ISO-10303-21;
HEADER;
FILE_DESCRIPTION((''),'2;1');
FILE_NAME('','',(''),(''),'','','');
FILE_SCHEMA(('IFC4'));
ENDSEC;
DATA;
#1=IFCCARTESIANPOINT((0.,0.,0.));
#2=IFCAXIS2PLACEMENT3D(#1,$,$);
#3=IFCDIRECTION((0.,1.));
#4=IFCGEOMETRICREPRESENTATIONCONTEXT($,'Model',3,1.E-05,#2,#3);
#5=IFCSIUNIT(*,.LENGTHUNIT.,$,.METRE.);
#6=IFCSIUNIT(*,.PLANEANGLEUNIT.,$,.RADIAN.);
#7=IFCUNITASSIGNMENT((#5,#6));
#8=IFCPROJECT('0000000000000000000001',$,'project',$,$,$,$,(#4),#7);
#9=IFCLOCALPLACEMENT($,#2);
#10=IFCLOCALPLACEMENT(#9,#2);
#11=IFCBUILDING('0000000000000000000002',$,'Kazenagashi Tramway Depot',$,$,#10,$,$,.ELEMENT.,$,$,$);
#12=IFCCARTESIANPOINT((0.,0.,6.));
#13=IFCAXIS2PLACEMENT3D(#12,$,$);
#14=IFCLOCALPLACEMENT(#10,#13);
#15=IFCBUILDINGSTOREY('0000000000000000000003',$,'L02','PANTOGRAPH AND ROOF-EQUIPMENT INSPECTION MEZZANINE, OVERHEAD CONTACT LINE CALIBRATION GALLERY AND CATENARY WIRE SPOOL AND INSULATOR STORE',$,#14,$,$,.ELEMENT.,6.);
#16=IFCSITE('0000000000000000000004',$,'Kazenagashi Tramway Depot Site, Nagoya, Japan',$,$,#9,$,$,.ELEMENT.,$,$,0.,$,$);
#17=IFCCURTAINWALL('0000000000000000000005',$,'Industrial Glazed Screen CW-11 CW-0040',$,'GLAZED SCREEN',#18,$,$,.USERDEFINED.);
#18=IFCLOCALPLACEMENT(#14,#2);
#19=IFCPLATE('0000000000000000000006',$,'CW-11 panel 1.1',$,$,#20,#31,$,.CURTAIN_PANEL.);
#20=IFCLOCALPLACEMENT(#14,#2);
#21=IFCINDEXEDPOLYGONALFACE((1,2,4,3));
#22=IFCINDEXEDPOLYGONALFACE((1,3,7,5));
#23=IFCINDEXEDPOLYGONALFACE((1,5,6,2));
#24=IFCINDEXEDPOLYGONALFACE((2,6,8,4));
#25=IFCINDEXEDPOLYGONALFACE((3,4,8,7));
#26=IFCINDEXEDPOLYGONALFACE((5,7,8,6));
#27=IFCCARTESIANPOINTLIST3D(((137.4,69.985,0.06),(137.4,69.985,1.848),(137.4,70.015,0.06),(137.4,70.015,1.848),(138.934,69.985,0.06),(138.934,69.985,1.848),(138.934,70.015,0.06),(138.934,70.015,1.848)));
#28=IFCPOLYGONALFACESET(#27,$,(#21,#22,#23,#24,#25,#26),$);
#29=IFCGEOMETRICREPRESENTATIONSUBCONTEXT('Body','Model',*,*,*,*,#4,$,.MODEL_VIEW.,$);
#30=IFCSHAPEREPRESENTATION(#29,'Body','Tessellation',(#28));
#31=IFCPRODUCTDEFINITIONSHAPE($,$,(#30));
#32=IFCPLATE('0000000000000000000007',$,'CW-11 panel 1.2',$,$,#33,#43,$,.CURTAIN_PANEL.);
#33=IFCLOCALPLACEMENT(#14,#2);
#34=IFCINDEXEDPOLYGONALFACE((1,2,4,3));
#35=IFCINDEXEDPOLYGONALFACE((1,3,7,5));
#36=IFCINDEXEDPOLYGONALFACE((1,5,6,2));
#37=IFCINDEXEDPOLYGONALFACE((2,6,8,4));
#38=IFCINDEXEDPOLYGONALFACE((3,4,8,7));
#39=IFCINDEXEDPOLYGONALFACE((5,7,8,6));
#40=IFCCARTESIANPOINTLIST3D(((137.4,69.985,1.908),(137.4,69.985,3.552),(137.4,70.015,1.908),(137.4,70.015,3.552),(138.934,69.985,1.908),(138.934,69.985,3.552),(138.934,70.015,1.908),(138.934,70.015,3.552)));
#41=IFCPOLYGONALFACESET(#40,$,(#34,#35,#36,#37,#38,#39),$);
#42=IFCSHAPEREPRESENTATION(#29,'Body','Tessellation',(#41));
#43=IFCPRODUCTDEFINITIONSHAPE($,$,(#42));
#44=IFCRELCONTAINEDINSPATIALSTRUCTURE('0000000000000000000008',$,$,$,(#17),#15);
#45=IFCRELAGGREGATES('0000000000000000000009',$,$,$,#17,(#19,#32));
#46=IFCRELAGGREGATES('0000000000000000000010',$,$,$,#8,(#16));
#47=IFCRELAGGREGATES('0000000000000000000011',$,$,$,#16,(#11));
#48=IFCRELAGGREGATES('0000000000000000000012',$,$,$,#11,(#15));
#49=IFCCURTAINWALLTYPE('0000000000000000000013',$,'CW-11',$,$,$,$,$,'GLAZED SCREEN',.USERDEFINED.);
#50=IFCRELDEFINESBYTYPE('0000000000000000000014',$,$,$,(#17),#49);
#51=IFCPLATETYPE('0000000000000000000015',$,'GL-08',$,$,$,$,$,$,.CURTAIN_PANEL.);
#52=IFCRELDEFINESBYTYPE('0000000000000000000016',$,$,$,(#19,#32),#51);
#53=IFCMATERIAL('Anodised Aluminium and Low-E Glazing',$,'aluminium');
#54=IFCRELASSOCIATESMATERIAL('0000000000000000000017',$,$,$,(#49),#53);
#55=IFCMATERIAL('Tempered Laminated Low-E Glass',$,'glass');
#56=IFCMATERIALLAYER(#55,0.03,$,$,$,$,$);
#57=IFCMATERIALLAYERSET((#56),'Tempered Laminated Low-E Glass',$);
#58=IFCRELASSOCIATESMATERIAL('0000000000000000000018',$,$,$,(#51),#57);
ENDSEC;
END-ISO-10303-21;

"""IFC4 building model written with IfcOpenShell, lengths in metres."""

from ifc_helpers import new_model, si_unit, direction, frame, origin, origin_2d, place, context, subcontext, project, spatial, rectangle, extrude, material, layer, layer_set, type_object, element, aggregate, save


model = new_model("IFC4")

# Units and contexts
model_context = context("Model", 3, precision=1e-05, world=origin(), true_north=direction((0.0, 1.0)))
body_context = subcontext(model_context, "Body", "Model", "MODEL_VIEW")
ifc_project = project(units=[si_unit("LENGTHUNIT", "METRE"), si_unit("PLANEANGLEUNIT", "RADIAN")], contexts=[model_context])

# Site, building, storey
site_placement = place(None, origin())
site = spatial("IfcSite", under=ifc_project, at=site_placement, Name="Kazenagashi Tramway Depot Site, Nagoya, Japan", CompositionType="ELEMENT", RefElevation=0.0)
building_placement = place(site_placement, origin())
building = spatial("IfcBuilding", under=site, at=building_placement, Name="Kazenagashi Tramway Depot", CompositionType="ELEMENT")
storey_placement = place(building_placement, frame((0.0, 0.0, 6.0)))
storey = spatial("IfcBuildingStorey", under=building, at=storey_placement, Name="L02", Description="PANTOGRAPH AND ROOF-EQUIPMENT INSPECTION MEZZANINE, OVERHEAD CONTACT LINE CALIBRATION GALLERY AND CATENARY WIRE SPOOL AND INSULATOR STORE", CompositionType="ELEMENT", Elevation=6.0)

# Curtain wall
ifc_material_1 = material(Name="Anodised Aluminium and Low-E Glazing", Category="aluminium")
curtain_wall_type_1 = type_object("IfcCurtainWallType", Name="CW-11", ElementType="GLAZED SCREEN", PredefinedType="USERDEFINED", material=ifc_material_1)
curtain_wall_1_placement = place(storey_placement, origin())
curtain_wall_1 = element("IfcCurtainWall", 1, at=curtain_wall_1_placement, inside=storey, type_object=curtain_wall_type_1, Name="Industrial Glazed Screen CW-11 CW-0040", ObjectType="GLAZED SCREEN", PredefinedType="USERDEFINED")

# Plates
ifc_material_2 = material(Name="Tempered Laminated Low-E Glass", Category="glass")
ifc_layer_1 = layer(ifc_material_2, 0.03)
ifc_layer_set_1 = layer_set([ifc_layer_1], Name="Tempered Laminated Low-E Glass")
plate_type_1 = type_object("IfcPlateType", Name="GL-08", PredefinedType="CURTAIN_PANEL", material=ifc_layer_set_1)
plate_1_placement = place(storey_placement, frame((138.167, 70.0, 0.06), z_axis=(0.0, 0.0, 1.0), x_axis=(1.0, 0.0, 0.0)))
plate_1 = element("IfcPlate", 2, at=plate_1_placement, type_object=plate_type_1, Name="CW-11 panel 1.1", PredefinedType="CURTAIN_PANEL", context=body_context, shape_type="SweptSolid", body=[
    extrude(rectangle(XDim=1.534, YDim=0.03, at=origin_2d()), origin(), (0.0, 0.0, 1.0), 1.788),
])
plate_2_placement = place(storey_placement, frame((138.167, 70.0, 1.908), z_axis=(0.0, 0.0, 1.0), x_axis=(1.0, 0.0, 0.0)))
plate_2 = element("IfcPlate", 3, at=plate_2_placement, type_object=plate_type_1, Name="CW-11 panel 1.2", PredefinedType="CURTAIN_PANEL", context=body_context, shape_type="SweptSolid", body=[
    extrude(rectangle(XDim=1.534, YDim=0.03, at=origin_2d()), origin(), (0.0, 0.0, 1.0), 1.644),
])
aggregate(curtain_wall_1, [plate_1, plate_2])

save(model, "model.ifc")
